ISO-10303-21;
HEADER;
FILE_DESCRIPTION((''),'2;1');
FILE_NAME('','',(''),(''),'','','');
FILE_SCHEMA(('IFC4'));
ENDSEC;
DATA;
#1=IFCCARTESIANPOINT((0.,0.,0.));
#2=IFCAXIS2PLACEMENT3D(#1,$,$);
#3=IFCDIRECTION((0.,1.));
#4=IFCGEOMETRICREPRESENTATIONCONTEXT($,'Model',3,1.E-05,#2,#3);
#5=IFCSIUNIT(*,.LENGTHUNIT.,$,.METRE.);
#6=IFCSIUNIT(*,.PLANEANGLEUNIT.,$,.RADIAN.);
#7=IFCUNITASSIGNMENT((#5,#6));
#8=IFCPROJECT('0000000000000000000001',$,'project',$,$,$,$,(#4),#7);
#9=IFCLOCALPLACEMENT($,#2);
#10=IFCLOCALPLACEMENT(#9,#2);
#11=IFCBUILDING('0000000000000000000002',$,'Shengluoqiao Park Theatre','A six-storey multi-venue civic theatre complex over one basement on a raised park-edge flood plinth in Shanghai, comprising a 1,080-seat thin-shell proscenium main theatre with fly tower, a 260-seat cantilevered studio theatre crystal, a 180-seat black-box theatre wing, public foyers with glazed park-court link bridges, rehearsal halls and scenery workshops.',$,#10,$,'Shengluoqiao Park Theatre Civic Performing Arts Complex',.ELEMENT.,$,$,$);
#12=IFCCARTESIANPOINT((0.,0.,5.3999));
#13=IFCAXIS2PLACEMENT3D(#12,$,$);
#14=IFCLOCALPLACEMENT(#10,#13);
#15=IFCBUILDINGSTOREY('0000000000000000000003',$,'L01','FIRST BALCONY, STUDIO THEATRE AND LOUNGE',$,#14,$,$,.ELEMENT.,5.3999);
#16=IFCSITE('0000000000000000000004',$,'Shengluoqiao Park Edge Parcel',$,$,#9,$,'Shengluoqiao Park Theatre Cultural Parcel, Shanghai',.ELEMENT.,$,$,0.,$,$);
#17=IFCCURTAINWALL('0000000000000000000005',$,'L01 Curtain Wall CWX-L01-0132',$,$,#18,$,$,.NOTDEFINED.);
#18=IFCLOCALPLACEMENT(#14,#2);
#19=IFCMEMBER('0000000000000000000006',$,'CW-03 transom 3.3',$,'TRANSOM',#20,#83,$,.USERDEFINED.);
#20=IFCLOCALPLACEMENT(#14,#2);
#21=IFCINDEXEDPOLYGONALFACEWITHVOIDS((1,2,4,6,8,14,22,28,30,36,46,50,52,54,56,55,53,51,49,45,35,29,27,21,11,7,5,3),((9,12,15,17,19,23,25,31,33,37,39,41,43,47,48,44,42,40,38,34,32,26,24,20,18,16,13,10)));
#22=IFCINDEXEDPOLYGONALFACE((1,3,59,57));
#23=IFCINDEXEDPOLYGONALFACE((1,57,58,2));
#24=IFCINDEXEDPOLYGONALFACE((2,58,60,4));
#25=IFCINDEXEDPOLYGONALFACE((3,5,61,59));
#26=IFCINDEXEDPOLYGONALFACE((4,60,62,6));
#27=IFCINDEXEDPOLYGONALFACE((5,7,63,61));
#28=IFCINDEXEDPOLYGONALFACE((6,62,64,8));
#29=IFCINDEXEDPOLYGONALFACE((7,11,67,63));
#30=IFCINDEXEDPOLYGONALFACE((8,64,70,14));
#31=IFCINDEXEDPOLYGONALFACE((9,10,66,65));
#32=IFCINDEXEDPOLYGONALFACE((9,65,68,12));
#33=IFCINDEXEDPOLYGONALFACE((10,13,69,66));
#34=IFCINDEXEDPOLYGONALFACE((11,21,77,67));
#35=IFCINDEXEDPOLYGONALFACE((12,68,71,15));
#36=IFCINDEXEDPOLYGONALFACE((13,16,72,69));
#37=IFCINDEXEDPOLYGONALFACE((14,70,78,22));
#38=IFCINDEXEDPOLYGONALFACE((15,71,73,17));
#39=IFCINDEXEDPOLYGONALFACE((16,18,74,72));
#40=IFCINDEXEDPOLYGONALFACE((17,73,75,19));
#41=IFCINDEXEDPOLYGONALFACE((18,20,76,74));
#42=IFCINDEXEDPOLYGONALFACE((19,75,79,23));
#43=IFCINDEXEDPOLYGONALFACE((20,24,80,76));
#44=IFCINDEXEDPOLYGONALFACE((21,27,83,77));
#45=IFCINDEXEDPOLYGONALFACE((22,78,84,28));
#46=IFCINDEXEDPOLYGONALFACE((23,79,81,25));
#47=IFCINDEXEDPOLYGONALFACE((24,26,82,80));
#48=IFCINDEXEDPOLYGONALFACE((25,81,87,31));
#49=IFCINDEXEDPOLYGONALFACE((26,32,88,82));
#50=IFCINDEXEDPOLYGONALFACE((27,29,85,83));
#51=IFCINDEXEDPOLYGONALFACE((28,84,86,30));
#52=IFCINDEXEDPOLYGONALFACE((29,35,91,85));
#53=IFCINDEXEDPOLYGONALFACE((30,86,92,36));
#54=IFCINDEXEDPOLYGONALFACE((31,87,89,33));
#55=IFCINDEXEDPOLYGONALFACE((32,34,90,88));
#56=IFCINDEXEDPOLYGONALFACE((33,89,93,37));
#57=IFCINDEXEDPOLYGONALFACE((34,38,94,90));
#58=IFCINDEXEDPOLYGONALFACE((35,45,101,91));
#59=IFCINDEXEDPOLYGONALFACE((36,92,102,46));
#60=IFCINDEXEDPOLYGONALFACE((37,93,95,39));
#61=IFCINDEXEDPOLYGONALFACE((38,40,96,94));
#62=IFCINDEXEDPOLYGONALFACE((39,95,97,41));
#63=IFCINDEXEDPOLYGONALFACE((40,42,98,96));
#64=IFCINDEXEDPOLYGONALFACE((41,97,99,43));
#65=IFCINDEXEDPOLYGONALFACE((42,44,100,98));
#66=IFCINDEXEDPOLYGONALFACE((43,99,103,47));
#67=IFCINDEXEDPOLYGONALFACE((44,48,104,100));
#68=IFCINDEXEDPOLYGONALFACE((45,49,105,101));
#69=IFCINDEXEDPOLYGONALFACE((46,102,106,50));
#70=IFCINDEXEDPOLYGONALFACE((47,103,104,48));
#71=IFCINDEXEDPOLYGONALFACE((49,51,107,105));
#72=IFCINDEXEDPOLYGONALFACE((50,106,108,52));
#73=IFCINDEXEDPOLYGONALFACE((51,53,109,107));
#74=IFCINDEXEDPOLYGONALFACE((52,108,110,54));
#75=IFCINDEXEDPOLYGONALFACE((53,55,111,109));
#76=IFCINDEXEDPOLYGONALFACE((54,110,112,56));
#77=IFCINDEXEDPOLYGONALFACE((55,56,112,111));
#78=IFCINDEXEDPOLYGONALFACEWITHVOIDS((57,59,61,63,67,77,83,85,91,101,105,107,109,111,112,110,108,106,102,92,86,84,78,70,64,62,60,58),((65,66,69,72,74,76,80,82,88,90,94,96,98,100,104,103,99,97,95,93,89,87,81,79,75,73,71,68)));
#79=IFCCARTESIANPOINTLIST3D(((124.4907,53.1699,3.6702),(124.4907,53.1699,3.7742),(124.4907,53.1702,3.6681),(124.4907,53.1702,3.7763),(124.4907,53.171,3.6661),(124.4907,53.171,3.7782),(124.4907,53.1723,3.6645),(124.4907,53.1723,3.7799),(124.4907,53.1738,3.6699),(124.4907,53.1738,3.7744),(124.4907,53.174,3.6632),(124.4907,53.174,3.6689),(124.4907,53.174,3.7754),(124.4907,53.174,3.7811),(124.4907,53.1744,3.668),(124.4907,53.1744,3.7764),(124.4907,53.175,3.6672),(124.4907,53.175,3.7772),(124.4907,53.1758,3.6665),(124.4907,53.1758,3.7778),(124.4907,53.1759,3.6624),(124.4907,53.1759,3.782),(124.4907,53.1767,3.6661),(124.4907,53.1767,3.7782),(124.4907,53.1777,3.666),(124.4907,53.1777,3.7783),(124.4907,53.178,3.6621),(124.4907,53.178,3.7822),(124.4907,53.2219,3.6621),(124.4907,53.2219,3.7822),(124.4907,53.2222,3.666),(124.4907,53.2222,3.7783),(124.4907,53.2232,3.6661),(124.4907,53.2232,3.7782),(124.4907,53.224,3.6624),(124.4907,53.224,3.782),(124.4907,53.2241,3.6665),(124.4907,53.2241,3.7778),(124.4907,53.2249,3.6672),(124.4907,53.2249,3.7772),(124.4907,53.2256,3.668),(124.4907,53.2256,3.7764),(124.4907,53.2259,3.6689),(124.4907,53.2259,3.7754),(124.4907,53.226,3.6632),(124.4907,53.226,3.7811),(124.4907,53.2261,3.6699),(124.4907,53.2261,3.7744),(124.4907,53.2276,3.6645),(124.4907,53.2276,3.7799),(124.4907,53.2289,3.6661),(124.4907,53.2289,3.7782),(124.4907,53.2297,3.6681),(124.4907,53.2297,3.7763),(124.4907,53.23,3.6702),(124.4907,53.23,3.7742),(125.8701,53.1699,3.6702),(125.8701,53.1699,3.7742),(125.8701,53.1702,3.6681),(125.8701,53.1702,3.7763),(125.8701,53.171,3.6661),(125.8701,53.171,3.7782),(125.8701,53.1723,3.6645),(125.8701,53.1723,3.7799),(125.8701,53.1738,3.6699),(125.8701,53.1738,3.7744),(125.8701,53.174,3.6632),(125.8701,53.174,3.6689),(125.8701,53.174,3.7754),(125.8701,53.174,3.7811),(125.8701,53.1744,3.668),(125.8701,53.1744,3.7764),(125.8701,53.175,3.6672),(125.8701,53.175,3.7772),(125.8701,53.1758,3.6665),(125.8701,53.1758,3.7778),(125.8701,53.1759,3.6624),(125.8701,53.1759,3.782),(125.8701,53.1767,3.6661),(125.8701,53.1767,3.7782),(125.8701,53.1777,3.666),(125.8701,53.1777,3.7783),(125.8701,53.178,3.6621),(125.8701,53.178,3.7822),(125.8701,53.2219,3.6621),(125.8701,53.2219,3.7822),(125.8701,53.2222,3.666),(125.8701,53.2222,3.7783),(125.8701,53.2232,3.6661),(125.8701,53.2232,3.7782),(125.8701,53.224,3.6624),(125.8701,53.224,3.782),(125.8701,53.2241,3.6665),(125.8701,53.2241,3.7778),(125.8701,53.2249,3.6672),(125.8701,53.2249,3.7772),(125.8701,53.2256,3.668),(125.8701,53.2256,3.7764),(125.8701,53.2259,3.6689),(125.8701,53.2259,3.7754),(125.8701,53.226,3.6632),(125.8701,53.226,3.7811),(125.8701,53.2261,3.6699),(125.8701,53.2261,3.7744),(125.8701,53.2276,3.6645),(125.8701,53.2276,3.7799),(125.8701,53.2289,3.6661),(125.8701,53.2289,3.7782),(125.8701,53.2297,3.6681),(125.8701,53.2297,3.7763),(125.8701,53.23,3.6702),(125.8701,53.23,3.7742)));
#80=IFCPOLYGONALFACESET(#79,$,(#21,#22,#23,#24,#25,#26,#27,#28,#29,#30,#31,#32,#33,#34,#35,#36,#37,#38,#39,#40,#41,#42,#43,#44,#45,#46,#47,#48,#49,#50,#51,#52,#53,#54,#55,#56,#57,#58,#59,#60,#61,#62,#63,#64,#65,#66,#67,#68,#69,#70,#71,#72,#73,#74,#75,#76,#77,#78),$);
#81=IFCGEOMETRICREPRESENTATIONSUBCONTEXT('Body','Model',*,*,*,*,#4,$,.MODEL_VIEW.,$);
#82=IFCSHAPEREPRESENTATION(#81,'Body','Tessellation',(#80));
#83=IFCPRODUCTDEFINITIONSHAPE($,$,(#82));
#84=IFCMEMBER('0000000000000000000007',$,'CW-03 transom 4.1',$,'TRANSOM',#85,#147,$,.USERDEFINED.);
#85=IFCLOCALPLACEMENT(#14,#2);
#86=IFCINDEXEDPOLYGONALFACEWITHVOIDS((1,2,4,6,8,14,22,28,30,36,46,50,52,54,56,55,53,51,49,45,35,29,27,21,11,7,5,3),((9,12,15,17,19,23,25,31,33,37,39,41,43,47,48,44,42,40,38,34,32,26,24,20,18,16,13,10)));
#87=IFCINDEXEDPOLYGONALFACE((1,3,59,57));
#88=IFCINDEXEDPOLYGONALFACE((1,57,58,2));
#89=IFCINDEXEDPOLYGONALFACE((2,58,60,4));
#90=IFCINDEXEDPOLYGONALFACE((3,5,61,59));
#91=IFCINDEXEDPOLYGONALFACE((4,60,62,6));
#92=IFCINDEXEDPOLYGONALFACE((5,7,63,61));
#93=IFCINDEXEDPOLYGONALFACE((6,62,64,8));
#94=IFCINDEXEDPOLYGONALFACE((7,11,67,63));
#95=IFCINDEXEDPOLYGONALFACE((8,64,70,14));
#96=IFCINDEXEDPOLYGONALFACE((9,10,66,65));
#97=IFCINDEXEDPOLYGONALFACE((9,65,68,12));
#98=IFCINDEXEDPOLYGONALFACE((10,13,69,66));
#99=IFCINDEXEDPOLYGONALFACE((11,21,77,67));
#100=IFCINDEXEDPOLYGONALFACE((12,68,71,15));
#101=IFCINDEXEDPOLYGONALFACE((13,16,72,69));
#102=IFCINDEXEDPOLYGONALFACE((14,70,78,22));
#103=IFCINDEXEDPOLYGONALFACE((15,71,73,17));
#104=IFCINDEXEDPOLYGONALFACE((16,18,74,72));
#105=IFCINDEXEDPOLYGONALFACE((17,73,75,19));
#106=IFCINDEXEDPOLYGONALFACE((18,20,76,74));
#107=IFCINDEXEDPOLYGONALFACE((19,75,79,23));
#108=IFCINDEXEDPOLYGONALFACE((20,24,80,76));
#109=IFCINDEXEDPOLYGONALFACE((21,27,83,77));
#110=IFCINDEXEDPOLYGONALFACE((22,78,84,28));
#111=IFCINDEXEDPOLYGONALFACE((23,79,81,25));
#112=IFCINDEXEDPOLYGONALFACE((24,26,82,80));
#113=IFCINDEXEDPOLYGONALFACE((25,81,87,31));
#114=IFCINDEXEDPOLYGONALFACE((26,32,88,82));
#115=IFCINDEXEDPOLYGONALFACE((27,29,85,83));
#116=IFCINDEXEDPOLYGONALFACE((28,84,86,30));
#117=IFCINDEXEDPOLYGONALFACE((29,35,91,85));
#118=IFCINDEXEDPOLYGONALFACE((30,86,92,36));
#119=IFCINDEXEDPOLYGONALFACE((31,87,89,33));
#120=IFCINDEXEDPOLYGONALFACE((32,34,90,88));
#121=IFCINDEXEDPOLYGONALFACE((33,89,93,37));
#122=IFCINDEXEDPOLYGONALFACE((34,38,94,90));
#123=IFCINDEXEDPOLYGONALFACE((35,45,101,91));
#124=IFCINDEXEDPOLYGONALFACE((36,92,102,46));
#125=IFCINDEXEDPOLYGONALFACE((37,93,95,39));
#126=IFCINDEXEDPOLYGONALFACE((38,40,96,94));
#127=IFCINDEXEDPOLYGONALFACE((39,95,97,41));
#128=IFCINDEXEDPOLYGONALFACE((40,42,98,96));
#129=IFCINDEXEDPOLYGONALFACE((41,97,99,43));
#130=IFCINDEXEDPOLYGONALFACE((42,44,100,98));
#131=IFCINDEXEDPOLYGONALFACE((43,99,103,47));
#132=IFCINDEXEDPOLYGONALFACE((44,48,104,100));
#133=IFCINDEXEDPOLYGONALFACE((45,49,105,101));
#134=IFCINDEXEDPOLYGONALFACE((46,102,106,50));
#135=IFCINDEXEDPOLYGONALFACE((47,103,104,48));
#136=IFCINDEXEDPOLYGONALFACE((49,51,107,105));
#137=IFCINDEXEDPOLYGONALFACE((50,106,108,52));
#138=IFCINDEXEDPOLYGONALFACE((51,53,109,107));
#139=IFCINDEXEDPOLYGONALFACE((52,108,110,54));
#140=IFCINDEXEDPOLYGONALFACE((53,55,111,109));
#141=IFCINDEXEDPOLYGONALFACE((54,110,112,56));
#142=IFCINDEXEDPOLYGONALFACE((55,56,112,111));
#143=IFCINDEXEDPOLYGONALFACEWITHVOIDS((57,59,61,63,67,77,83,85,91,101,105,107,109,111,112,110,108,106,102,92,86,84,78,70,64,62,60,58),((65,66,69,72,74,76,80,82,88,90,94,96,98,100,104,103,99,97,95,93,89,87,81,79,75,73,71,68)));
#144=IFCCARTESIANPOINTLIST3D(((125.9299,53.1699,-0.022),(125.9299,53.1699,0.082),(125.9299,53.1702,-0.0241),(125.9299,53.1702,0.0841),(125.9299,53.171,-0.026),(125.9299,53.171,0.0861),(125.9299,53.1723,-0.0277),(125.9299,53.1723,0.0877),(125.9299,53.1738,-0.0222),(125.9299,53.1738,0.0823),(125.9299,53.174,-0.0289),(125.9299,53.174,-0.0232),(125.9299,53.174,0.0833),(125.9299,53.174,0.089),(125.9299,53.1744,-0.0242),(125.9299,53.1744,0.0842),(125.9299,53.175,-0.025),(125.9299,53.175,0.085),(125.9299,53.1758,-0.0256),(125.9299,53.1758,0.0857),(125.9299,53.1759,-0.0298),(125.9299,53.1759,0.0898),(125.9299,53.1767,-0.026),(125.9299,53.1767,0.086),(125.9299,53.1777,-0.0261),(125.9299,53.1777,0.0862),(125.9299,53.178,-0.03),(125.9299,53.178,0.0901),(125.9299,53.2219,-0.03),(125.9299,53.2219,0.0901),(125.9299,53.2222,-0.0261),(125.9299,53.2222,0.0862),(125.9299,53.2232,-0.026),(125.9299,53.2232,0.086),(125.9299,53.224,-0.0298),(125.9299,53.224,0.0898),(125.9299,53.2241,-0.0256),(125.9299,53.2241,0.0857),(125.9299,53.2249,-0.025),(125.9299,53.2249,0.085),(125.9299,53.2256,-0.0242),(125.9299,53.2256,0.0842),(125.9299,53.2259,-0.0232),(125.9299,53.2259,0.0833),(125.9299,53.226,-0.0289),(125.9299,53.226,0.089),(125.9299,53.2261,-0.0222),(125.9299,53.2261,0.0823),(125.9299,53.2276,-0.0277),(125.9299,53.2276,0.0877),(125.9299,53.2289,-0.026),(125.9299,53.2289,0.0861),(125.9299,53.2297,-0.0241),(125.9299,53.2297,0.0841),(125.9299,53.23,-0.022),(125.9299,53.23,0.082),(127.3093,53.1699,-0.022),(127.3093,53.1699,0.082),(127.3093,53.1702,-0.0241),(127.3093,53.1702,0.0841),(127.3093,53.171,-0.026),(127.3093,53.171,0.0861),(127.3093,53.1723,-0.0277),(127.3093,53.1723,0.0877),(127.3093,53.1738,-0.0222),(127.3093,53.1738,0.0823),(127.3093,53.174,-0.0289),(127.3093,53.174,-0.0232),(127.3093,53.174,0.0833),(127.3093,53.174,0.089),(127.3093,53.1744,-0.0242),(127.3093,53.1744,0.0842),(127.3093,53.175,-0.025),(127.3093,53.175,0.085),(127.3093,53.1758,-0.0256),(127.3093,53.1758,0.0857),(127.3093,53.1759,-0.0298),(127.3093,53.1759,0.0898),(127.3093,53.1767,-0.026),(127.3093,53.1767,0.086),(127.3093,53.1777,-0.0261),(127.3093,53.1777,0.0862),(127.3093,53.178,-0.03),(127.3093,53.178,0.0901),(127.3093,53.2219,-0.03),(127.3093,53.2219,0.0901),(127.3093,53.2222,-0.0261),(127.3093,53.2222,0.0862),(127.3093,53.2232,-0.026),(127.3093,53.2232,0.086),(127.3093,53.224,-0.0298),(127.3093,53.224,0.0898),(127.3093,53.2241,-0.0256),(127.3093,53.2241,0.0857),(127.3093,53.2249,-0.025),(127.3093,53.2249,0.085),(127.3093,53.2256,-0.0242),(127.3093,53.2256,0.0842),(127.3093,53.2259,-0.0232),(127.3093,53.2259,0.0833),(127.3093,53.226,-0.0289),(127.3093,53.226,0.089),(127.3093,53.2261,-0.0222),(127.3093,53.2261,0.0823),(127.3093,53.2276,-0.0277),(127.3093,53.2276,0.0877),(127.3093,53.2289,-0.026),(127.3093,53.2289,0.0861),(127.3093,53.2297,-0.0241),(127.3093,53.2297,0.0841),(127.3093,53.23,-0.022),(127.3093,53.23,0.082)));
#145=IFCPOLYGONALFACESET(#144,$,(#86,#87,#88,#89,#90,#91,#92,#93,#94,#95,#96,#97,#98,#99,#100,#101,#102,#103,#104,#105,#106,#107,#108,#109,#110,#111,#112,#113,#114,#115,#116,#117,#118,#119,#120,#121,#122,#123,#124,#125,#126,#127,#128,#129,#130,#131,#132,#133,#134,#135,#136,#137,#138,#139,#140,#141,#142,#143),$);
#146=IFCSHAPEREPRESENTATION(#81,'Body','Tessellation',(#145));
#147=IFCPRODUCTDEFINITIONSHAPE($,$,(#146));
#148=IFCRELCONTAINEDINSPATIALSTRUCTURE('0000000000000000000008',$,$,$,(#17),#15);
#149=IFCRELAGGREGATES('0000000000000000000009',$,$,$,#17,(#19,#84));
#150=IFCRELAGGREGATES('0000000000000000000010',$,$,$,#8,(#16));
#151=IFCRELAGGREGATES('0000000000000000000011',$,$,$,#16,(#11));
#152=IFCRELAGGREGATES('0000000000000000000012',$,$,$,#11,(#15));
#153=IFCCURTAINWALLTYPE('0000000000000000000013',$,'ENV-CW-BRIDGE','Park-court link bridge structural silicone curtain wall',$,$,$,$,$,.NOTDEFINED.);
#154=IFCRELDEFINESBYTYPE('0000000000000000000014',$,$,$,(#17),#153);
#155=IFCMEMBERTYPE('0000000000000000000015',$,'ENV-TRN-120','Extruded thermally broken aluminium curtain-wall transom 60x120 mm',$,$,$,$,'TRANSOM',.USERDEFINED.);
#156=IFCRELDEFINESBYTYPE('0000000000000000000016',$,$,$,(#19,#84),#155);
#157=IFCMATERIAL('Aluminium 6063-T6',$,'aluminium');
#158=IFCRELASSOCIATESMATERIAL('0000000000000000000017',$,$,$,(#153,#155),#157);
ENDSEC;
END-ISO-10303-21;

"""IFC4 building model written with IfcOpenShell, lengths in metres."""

from ifc_helpers import new_model, si_unit, direction, frame, origin, origin_2d, place, context, subcontext, project, spatial, hollow_rectangle, extrude, material, material_profile, profile_set, type_object, element, aggregate, save


model = new_model("IFC4")

# Units and contexts
model_context = context("Model", 3, precision=1e-05, world=origin(), true_north=direction((0.0, 1.0)))
body_context = subcontext(model_context, "Body", "Model", "MODEL_VIEW")
ifc_project = project(units=[si_unit("LENGTHUNIT", "METRE"), si_unit("PLANEANGLEUNIT", "RADIAN")], contexts=[model_context])

# Site, building, storey
site_placement = place(None, origin())
site = spatial("IfcSite", under=ifc_project, at=site_placement, Name="Shengluoqiao Park Edge Parcel", LongName="Shengluoqiao Park Theatre Cultural Parcel, Shanghai", CompositionType="ELEMENT", RefElevation=0.0)
building_placement = place(site_placement, origin())
building = spatial("IfcBuilding", under=site, at=building_placement, Name="Shengluoqiao Park Theatre", Description="A six-storey multi-venue civic theatre complex over one basement on a raised park-edge flood plinth in Shanghai, comprising a 1,080-seat thin-shell proscenium main theatre with fly tower, a 260-seat cantilevered studio theatre crystal, a 180-seat black-box theatre wing, public foyers with glazed park-court link bridges, rehearsal halls and scenery workshops.", LongName="Shengluoqiao Park Theatre Civic Performing Arts Complex", CompositionType="ELEMENT")
storey_placement = place(building_placement, frame((0.0, 0.0, 5.3999)))
storey = spatial("IfcBuildingStorey", under=building, at=storey_placement, Name="L01", Description="FIRST BALCONY, STUDIO THEATRE AND LOUNGE", CompositionType="ELEMENT", Elevation=5.3999)

# Curtain wall, members
ifc_material_1 = material(Name="Aluminium 6063-T6", Category="aluminium")
curtain_wall_type = type_object("IfcCurtainWallType", Name="ENV-CW-BRIDGE", Description="Park-court link bridge structural silicone curtain wall", PredefinedType="NOTDEFINED", material=ifc_material_1)
curtain_wall_placement = place(storey_placement, origin())
curtain_wall = element("IfcCurtainWall", 1, at=curtain_wall_placement, inside=storey, type_object=curtain_wall_type, Name="L01 Curtain Wall CWX-L01-0132", PredefinedType="NOTDEFINED")
ifc_material_profile_1 = material_profile(ifc_material_1, hollow_rectangle(XDim=0.0601, YDim=0.1201, WallThickness=0.0039, InnerFilletRadius=0.0039, OuterFilletRadius=0.0081, at=origin_2d()), Name="ALU TRANSOM 120x60x4")
ifc_profile_set_1 = profile_set([ifc_material_profile_1], Name="Aluminium 6063-T6")
member_type_1 = type_object("IfcMemberType", Name="ENV-TRN-120", Description="Extruded thermally broken aluminium curtain-wall transom 60x120 mm", ElementType="TRANSOM", PredefinedType="USERDEFINED", material=ifc_profile_set_1)
member_1_placement = place(storey_placement, frame((124.4907, 53.2, 3.7222), z_axis=(1.0, 0.0, 0.0), x_axis=(0.0, 1.0, 0.0)))
member_1 = element("IfcMember", 2, at=member_1_placement, type_object=member_type_1, Name="CW-03 transom 3.3", ObjectType="TRANSOM", PredefinedType="USERDEFINED", context=body_context, shape_type="SweptSolid", body=[
    extrude(hollow_rectangle(XDim=0.0601, YDim=0.1201, WallThickness=0.0039, InnerFilletRadius=0.0039, OuterFilletRadius=0.0081, at=origin_2d()), origin(), (0.0, 0.0, 1.0), 1.3794),
])
member_2_placement = place(storey_placement, frame((125.9299, 53.2, 0.03), z_axis=(1.0, 0.0, 0.0), x_axis=(0.0, 1.0, 0.0)))
member_2 = element("IfcMember", 3, at=member_2_placement, type_object=member_type_1, Name="CW-03 transom 4.1", ObjectType="TRANSOM", PredefinedType="USERDEFINED", context=body_context, shape_type="SweptSolid", body=[
    extrude(hollow_rectangle(XDim=0.0601, YDim=0.1201, WallThickness=0.0039, InnerFilletRadius=0.0039, OuterFilletRadius=0.0081, at=origin_2d()), origin(), (0.0, 0.0, 1.0), 1.3794),
])

aggregate(curtain_wall, [member_1, member_2])

save(model, "model.ifc")
